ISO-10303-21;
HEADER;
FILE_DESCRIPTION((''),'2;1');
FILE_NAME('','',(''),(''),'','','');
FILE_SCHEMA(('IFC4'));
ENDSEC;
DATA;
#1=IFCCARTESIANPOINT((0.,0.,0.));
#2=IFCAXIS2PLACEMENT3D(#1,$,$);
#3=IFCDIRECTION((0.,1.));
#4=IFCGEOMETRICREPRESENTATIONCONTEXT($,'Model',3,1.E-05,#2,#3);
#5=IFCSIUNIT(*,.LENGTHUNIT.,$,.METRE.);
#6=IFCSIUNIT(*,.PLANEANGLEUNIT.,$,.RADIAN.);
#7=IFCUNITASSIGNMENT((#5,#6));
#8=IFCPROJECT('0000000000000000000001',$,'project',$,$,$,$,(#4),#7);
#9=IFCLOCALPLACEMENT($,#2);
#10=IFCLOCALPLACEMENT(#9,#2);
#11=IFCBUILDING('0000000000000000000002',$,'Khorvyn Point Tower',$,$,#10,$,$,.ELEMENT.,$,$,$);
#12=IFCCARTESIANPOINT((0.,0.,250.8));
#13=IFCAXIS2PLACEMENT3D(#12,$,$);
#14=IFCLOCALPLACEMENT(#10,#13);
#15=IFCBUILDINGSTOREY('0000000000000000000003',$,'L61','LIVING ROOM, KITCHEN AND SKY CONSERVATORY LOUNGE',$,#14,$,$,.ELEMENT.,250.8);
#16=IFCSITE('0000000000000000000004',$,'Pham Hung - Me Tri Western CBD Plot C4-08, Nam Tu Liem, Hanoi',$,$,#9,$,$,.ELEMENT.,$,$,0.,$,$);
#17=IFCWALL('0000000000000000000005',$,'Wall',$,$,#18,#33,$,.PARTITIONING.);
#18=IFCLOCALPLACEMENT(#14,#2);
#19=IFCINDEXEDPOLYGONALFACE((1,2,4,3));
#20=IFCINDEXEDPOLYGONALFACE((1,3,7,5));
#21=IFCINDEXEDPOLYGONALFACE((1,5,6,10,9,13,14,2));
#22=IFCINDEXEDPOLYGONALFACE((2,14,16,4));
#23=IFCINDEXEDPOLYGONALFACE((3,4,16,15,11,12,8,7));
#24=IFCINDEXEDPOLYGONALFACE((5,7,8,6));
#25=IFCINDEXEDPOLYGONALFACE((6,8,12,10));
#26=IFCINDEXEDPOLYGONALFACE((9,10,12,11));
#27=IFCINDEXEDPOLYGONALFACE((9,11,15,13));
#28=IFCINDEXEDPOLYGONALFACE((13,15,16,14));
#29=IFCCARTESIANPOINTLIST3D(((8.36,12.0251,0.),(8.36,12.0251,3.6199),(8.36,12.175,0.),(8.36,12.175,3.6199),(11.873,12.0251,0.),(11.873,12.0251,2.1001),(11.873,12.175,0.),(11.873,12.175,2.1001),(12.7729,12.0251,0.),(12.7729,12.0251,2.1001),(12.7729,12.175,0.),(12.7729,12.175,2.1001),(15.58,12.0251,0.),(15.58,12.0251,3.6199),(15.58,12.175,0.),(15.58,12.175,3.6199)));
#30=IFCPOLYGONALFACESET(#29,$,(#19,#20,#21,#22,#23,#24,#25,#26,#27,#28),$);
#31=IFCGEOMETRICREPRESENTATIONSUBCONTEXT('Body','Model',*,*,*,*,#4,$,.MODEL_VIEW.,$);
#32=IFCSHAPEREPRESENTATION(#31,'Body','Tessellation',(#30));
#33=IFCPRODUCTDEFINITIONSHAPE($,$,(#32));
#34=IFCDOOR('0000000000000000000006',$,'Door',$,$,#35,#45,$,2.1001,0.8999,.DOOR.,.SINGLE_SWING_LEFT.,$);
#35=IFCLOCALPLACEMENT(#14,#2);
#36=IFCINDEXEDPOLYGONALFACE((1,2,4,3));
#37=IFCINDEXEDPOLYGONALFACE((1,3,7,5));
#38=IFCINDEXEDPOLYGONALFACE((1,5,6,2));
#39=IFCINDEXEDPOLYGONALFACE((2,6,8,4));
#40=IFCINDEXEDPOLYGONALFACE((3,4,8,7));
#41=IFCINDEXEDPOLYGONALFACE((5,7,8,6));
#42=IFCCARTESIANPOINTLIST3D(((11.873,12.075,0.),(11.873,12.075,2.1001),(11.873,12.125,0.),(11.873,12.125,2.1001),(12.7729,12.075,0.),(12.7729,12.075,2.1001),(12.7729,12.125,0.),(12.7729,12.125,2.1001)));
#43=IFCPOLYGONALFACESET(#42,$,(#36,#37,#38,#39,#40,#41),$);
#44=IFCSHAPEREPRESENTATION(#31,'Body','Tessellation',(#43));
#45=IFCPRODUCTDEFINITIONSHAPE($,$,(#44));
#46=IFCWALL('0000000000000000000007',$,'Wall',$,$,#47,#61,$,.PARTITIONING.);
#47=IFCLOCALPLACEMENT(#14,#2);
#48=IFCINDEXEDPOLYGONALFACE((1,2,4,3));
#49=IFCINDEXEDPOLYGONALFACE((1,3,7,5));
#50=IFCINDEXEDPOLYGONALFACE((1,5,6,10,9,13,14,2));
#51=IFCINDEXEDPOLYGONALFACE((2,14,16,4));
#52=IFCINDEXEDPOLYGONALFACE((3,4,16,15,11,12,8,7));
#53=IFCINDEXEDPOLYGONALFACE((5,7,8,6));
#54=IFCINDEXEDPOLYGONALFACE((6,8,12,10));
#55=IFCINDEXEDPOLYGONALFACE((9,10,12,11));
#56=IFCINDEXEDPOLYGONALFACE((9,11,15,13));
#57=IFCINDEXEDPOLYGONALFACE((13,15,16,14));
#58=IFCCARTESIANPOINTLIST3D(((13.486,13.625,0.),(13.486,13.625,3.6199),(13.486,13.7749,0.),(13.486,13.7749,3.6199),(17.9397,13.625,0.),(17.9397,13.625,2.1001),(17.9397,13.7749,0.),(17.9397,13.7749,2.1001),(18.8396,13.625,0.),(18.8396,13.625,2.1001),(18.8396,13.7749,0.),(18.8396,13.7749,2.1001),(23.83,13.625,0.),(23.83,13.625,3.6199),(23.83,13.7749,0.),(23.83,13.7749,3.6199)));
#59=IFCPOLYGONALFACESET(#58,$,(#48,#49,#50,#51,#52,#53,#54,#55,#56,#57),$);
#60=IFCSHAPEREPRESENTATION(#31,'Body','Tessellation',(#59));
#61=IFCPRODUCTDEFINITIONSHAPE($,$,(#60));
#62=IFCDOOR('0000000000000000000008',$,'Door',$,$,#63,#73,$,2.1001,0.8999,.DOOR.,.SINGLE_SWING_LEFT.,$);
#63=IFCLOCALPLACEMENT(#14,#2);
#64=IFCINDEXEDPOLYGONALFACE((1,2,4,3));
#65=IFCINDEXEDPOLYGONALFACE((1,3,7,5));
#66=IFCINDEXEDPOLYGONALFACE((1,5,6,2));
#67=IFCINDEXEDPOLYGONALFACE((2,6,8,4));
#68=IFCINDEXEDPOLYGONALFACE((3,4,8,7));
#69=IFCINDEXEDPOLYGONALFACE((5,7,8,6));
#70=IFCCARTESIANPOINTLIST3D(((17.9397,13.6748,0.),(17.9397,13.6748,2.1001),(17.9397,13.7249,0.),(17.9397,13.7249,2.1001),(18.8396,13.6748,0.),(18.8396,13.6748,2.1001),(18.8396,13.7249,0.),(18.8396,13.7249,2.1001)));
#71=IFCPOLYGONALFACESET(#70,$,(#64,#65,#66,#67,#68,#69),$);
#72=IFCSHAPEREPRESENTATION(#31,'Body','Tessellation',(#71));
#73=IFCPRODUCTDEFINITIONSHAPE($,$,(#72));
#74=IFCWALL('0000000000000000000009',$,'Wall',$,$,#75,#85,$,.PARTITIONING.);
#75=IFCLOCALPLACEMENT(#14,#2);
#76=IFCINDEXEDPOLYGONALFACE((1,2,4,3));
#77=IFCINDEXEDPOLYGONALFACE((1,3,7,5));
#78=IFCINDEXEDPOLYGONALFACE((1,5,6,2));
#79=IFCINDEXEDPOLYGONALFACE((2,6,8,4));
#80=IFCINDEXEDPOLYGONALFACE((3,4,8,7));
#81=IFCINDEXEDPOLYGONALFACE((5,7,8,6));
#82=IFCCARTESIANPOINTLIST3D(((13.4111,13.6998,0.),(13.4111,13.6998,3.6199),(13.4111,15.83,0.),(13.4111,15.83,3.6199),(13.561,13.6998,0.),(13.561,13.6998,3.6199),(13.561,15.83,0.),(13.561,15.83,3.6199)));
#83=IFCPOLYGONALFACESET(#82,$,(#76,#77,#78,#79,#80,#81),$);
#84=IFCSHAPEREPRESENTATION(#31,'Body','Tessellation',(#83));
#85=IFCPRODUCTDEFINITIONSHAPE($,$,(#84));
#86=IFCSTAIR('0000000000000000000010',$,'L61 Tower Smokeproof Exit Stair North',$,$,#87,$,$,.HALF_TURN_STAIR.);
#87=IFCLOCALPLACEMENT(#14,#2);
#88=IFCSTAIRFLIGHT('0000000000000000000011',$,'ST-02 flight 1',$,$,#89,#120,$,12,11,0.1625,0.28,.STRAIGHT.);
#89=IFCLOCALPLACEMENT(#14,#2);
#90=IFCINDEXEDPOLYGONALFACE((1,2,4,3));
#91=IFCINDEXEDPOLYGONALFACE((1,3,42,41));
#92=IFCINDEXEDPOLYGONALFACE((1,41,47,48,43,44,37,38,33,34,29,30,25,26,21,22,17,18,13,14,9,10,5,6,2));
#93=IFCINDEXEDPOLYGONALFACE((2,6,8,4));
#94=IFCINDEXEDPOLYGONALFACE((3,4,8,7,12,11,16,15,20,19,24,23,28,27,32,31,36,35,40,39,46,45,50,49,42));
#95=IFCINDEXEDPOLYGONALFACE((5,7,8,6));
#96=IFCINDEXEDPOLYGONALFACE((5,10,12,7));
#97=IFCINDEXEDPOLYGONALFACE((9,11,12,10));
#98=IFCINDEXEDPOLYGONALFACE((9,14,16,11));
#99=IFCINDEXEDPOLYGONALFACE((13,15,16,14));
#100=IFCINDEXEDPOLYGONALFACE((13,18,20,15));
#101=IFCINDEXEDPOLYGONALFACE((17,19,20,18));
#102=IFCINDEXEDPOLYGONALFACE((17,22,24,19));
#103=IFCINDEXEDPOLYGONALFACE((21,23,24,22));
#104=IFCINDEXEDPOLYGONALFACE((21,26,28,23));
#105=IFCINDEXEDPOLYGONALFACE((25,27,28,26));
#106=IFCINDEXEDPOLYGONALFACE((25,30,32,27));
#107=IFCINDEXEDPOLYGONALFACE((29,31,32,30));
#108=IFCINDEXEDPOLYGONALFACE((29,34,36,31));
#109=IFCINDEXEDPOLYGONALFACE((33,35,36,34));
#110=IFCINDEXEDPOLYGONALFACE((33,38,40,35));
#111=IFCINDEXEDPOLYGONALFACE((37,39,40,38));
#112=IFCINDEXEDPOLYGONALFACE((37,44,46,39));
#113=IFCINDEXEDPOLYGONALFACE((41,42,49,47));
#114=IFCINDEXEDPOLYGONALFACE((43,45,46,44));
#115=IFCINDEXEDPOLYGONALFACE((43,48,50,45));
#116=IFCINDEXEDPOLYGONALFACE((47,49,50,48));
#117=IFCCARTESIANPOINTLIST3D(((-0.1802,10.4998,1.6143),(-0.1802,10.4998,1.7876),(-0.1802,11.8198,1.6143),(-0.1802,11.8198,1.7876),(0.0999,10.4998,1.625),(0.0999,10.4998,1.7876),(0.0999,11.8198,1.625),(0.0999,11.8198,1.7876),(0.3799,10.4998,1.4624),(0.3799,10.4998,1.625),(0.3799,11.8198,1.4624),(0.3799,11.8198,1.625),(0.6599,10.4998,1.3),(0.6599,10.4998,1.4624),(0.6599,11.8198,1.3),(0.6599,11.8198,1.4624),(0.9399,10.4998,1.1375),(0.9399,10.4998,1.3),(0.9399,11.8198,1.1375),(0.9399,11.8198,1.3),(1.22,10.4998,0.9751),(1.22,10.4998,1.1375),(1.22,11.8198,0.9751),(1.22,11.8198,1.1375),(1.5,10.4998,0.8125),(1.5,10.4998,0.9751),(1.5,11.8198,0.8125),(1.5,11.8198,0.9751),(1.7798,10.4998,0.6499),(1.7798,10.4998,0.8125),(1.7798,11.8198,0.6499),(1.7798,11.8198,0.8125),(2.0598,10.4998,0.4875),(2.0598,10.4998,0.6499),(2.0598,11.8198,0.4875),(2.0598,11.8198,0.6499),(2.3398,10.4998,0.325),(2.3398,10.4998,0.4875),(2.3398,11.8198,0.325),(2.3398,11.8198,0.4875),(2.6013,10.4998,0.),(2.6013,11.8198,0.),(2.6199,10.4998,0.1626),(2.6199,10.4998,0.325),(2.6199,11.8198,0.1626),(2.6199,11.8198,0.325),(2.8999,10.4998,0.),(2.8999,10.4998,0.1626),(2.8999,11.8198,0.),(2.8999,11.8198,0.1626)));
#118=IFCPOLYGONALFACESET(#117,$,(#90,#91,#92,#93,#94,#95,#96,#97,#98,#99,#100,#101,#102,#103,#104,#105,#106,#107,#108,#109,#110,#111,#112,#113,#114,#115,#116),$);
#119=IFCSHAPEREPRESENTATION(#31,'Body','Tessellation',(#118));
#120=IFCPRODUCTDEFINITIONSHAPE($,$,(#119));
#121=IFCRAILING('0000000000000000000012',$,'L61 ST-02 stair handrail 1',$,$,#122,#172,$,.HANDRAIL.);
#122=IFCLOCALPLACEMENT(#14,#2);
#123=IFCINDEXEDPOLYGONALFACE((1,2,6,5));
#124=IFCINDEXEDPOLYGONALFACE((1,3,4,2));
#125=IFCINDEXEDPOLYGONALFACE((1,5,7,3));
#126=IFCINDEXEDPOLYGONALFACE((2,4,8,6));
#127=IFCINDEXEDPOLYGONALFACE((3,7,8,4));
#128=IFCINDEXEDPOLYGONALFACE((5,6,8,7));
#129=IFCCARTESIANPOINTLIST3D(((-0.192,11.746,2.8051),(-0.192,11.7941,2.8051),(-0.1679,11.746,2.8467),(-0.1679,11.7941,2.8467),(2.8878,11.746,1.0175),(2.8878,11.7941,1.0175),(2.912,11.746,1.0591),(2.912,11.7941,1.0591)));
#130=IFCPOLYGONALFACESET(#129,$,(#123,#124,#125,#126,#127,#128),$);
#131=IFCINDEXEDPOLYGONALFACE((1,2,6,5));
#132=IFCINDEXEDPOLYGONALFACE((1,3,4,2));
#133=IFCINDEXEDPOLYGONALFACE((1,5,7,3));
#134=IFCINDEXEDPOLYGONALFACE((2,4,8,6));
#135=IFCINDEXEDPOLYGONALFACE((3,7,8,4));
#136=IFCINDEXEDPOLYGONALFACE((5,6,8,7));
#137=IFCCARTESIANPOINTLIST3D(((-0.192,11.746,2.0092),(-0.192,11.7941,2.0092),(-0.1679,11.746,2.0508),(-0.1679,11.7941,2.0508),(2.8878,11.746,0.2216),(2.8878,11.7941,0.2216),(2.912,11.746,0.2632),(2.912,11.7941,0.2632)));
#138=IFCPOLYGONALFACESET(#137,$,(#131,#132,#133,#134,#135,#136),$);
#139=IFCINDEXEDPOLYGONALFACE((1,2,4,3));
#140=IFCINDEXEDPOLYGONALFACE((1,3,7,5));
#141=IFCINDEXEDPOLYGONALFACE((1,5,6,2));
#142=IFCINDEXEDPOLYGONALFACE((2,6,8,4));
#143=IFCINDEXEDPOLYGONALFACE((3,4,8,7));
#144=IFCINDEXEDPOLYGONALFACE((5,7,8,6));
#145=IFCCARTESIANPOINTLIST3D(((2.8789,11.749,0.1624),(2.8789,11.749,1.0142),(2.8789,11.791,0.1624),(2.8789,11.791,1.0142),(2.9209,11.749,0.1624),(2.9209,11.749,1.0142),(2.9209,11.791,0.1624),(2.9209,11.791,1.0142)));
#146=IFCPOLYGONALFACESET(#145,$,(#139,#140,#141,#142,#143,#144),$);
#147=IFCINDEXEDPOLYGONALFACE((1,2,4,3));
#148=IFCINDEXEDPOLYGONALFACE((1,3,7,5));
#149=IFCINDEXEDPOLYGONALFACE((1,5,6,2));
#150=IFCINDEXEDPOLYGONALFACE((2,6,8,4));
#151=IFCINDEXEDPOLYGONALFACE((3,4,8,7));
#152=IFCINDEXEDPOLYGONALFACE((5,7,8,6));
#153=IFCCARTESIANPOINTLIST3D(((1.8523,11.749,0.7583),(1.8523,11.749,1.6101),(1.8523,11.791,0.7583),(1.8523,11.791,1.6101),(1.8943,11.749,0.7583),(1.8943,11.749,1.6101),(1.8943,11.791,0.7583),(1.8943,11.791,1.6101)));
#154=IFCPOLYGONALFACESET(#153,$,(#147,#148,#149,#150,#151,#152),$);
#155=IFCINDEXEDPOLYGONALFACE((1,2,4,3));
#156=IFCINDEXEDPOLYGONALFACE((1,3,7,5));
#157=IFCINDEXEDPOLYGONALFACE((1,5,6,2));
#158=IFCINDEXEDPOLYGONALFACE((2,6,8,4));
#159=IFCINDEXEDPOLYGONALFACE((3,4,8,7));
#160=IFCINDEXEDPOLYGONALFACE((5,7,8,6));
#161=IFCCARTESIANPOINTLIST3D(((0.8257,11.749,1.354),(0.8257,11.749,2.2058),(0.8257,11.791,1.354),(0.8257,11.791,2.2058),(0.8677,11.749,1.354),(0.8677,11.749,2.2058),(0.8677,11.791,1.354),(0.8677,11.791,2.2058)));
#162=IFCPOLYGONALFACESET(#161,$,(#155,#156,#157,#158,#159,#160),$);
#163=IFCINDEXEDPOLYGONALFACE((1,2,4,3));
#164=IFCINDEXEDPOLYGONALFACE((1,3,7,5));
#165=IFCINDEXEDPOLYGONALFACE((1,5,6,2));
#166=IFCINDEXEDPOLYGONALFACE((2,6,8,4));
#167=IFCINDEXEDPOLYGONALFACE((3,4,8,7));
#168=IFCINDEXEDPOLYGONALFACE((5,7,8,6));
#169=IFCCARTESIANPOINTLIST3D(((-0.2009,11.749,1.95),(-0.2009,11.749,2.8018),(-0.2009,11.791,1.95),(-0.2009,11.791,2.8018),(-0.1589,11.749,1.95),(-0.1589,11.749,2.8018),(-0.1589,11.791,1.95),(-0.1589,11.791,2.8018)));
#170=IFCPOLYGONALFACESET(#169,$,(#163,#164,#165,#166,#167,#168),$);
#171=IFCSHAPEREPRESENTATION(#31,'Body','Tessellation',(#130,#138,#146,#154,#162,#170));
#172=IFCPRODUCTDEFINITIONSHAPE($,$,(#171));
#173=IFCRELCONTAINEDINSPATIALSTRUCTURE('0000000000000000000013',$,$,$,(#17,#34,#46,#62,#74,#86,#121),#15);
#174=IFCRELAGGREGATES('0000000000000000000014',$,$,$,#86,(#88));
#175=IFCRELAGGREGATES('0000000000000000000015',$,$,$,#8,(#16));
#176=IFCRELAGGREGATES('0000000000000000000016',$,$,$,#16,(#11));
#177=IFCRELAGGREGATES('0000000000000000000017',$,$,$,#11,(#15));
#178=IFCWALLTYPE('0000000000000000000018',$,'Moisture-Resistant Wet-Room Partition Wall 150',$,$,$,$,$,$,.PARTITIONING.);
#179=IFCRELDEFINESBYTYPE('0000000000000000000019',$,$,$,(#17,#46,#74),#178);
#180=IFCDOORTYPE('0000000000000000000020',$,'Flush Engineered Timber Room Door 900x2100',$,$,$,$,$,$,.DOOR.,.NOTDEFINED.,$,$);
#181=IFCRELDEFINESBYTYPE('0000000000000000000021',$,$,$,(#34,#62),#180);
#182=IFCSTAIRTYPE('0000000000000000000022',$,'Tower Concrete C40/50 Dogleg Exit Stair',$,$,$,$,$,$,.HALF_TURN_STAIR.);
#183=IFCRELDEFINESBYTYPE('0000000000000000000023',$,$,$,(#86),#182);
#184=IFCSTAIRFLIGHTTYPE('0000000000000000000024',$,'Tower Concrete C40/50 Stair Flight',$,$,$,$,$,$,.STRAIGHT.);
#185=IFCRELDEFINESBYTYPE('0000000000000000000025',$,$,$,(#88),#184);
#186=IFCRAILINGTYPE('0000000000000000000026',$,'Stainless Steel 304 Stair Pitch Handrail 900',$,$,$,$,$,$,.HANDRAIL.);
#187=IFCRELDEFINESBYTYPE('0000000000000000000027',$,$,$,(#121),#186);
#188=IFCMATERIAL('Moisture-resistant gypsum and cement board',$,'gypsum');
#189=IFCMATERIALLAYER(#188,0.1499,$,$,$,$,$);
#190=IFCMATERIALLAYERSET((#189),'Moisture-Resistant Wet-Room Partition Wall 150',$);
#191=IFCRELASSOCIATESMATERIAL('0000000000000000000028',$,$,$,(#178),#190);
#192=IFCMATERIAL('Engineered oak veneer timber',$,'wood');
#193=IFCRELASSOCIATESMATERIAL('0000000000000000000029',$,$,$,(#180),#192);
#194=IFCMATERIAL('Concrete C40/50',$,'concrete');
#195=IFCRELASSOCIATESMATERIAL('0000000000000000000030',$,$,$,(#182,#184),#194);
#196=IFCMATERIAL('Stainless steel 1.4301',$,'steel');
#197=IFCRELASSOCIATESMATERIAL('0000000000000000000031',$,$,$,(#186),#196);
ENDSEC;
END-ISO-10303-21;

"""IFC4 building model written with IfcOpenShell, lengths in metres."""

from ifc_helpers import new_model, si_unit, direction, frame, frame_2d, origin, origin_2d, place, context, subcontext, project, spatial, polyline, rectangle, outline, extrude, material, layer, layer_set, type_object, element, fill, aggregate, save


model = new_model("IFC4")

# Units and contexts
model_context = context("Model", 3, precision=1e-05, world=origin(), true_north=direction((0.0, 1.0)))
body_context = subcontext(model_context, "Body", "Model", "MODEL_VIEW")
ifc_project = project(units=[si_unit("LENGTHUNIT", "METRE"), si_unit("PLANEANGLEUNIT", "RADIAN")], contexts=[model_context])

# Site, building, storey
site_placement = place(None, origin())
site = spatial("IfcSite", under=ifc_project, at=site_placement, Name="Pham Hung - Me Tri Western CBD Plot C4-08, Nam Tu Liem, Hanoi", CompositionType="ELEMENT", RefElevation=0.0)
building_placement = place(site_placement, origin())
building = spatial("IfcBuilding", under=site, at=building_placement, Name="Khorvyn Point Tower", CompositionType="ELEMENT")
storey_placement = place(building_placement, frame((0.0, 0.0, 250.8)))
storey = spatial("IfcBuildingStorey", under=building, at=storey_placement, Name="L61", Description="LIVING ROOM, KITCHEN AND SKY CONSERVATORY LOUNGE", CompositionType="ELEMENT", Elevation=250.8)

# Shared definitions
ifc_material_1 = material(Name="Concrete C40/50", Category="concrete")

# Walls, openings, doors
ifc_material_2 = material(Name="Moisture-resistant gypsum and cement board", Category="gypsum")
ifc_layer_1 = layer(ifc_material_2, 0.1499)
ifc_layer_set_1 = layer_set([ifc_layer_1], Name="Moisture-Resistant Wet-Room Partition Wall 150")
wall_type_1 = type_object("IfcWallType", Name="Moisture-Resistant Wet-Room Partition Wall 150", PredefinedType="PARTITIONING", material=ifc_layer_set_1)
wall_1_placement = place(storey_placement, frame((8.3601, 12.1001, 0.0), z_axis=(0.0, 0.0, 1.0), x_axis=(1.0, 0.0, 0.0)))
wall_1 = element("IfcWall", 1, at=wall_1_placement, inside=storey, type_object=wall_type_1, Name="Wall", PredefinedType="PARTITIONING", context=body_context, shape_type="SweptSolid", body=[
    extrude(rectangle(XDim=7.22, YDim=0.1499, at=frame_2d((3.6099, 0.0))), origin(), (0.0, 0.0, 1.0), 3.6199),
])
opening_1_placement = place(wall_1_placement, frame((3.5129, 0.0, 0.0)))
opening_1 = element("IfcOpeningElement", 2, at=opening_1_placement, cuts=wall_1, PredefinedType="OPENING", context=body_context, shape_type="SweptSolid", body=[
    extrude(rectangle(XDim=0.8999, YDim=2.1001, at=frame_2d((0.45, 1.05))), frame((0.0, 0.085, 0.0), z_axis=(0.0, -1.0, 0.0), x_axis=(1.0, 0.0, 0.0)), (0.0, 0.0, 1.0), 0.1699),
])
ifc_material_3 = material(Name="Engineered oak veneer timber", Category="wood")
door_type_1 = type_object("IfcDoorType", Name="Flush Engineered Timber Room Door 900x2100", OperationType="NOTDEFINED", PredefinedType="DOOR", material=ifc_material_3)
door_1_placement = place(opening_1_placement, origin())
door_1 = element("IfcDoor", 3, at=door_1_placement, inside=storey, type_object=door_type_1, Name="Door", OperationType="SINGLE_SWING_LEFT", OverallHeight=2.1001, OverallWidth=0.8999, PredefinedType="DOOR", context=body_context, shape_type="SweptSolid", body=[
    extrude(rectangle(XDim=0.8999, YDim=2.1001, at=frame_2d((0.45, 1.05))), frame((0.0, 0.0249, 0.0), z_axis=(0.0, -1.0, 0.0), x_axis=(1.0, 0.0, 0.0)), (0.0, 0.0, 1.0), 0.05),
])
fill(opening_1, door_1)
wall_2_placement = place(storey_placement, frame((13.4861, 13.7, 0.0), z_axis=(0.0, 0.0, 1.0), x_axis=(1.0, 0.0, 0.0)))
wall_2 = element("IfcWall", 4, at=wall_2_placement, inside=storey, type_object=wall_type_1, Name="Wall", PredefinedType="PARTITIONING", context=body_context, shape_type="SweptSolid", body=[
    extrude(rectangle(XDim=10.344, YDim=0.1499, at=frame_2d((5.1719, 0.0))), origin(), (0.0, 0.0, 1.0), 3.6199),
])
opening_2_placement = place(wall_2_placement, frame((4.4536, 0.0, 0.0)))
opening_2 = element("IfcOpeningElement", 5, at=opening_2_placement, cuts=wall_2, PredefinedType="OPENING", context=body_context, shape_type="SweptSolid", body=[
    extrude(rectangle(XDim=0.8999, YDim=2.1001, at=frame_2d((0.45, 1.05))), frame((0.0, 0.085, 0.0), z_axis=(0.0, -1.0, 0.0), x_axis=(1.0, 0.0, 0.0)), (0.0, 0.0, 1.0), 0.1699),
])
door_2_placement = place(opening_2_placement, origin())
door_2 = element("IfcDoor", 6, at=door_2_placement, inside=storey, type_object=door_type_1, Name="Door", OperationType="SINGLE_SWING_LEFT", OverallHeight=2.1001, OverallWidth=0.8999, PredefinedType="DOOR", context=body_context, shape_type="SweptSolid", body=[
    extrude(rectangle(XDim=0.8999, YDim=2.1001, at=frame_2d((0.45, 1.05))), frame((0.0, 0.0249, 0.0), z_axis=(0.0, -1.0, 0.0), x_axis=(1.0, 0.0, 0.0)), (0.0, 0.0, 1.0), 0.05),
])
fill(opening_2, door_2)

# Wall
wall_3_placement = place(storey_placement, frame((13.4861, 13.7, 0.0), z_axis=(0.0, 0.0, 1.0), x_axis=(0.0, 1.0, 0.0)))
element("IfcWall", 7, at=wall_3_placement, inside=storey, type_object=wall_type_1, Name="Wall", PredefinedType="PARTITIONING", context=body_context, shape_type="SweptSolid", body=[
    extrude(rectangle(XDim=2.1301, YDim=0.1499, at=frame_2d((1.0649, 0.0))), origin(), (0.0, 0.0, 1.0), 3.6199),
])

# Stair, stair flight
stair_type = type_object("IfcStairType", Name="Tower Concrete C40/50 Dogleg Exit Stair", PredefinedType="HALF_TURN_STAIR", material=ifc_material_1)
stair_placement = place(storey_placement, origin())
stair = element("IfcStair", 8, at=stair_placement, inside=storey, type_object=stair_type, Name="L61 Tower Smokeproof Exit Stair North", PredefinedType="HALF_TURN_STAIR")
stair_flight_type = type_object("IfcStairFlightType", Name="Tower Concrete C40/50 Stair Flight", PredefinedType="STRAIGHT", material=ifc_material_1)
stair_flight_placement = place(storey_placement, frame((2.8999, 11.1599, 0.0), z_axis=(0.0, 0.0, 1.0), x_axis=(-1.0, 0.0, 0.0)))
stair_flight = element("IfcStairFlight", 9, at=stair_flight_placement, type_object=stair_flight_type, Name="ST-02 flight 1", NumberOfRisers=12, NumberOfTreads=11, PredefinedType="STRAIGHT", RiserHeight=0.1625, TreadLength=0.28, context=body_context, shape_type="SweptSolid", body=[
    extrude(outline(polyline([(0.0, 0.0), (0.0, 0.1626), (0.28, 0.1626), (0.28, 0.325), (0.5601, 0.325), (0.5601, 0.4875), (0.8401, 0.4875), (0.8401, 0.6499), (1.1201, 0.6499), (1.1201, 0.8125), (1.3999, 0.8125), (1.3999, 0.9751), (1.6799, 0.9751), (1.6799, 1.1375), (1.96, 1.1375), (1.96, 1.3), (2.24, 1.3), (2.24, 1.4624), (2.52, 1.4624), (2.52, 1.625), (2.8, 1.625), (2.8, 1.7876), (3.0801, 1.7876), (3.0801, 1.95), (3.0801, 1.6143), (0.2986, 0.0), (0.0, 0.0)])), frame((0.0, 0.6602, 0.0), z_axis=(0.0, -1.0, 0.0), x_axis=(1.0, 0.0, 0.0)), (0.0, 0.0, 1.0), 1.3201),
])
aggregate(stair, [stair_flight])

# Railing
ifc_material_4 = material(Name="Stainless steel 1.4301", Category="steel")
railing_type_1 = type_object("IfcRailingType", Name="Stainless Steel 304 Stair Pitch Handrail 900", PredefinedType="HANDRAIL", material=ifc_material_4)
railing_1_placement = place(storey_placement, frame((2.8999, 11.77, 0.1624)))
element("IfcRailing", 10, at=railing_1_placement, inside=storey, type_object=railing_type_1, Name="L61 ST-02 stair handrail 1", PredefinedType="HANDRAIL", context=body_context, shape_type="SweptSolid", body=[
    extrude(rectangle(XDim=0.0481, YDim=0.0481, at=origin_2d()), frame((0.0, 0.0, 0.876), z_axis=(-0.864873, 0.0, 0.50199), x_axis=(0.0, -1.0, 0.0)), (0.0, 0.0, 1.0), 3.561),
    extrude(rectangle(XDim=0.0481, YDim=0.0481, at=origin_2d()), frame((0.0, 0.0, 0.0801), z_axis=(-0.864873, 0.0, 0.50199), x_axis=(0.0, -1.0, 0.0)), (0.0, 0.0, 1.0), 3.561),
    extrude(rectangle(XDim=0.042, YDim=0.042, at=origin_2d()), origin(), (0.0, 0.0, 1.0), 0.8518),
    extrude(rectangle(XDim=0.042, YDim=0.042, at=origin_2d()), frame((-1.0266, 0.0, 0.5959)), (0.0, 0.0, 1.0), 0.8518),
    extrude(rectangle(XDim=0.042, YDim=0.042, at=origin_2d()), frame((-2.0532, 0.0, 1.1917)), (0.0, 0.0, 1.0), 0.8518),
    extrude(rectangle(XDim=0.042, YDim=0.042, at=origin_2d()), frame((-3.0798, 0.0, 1.7876)), (0.0, 0.0, 1.0), 0.8518),
])

save(model, "model.ifc")
